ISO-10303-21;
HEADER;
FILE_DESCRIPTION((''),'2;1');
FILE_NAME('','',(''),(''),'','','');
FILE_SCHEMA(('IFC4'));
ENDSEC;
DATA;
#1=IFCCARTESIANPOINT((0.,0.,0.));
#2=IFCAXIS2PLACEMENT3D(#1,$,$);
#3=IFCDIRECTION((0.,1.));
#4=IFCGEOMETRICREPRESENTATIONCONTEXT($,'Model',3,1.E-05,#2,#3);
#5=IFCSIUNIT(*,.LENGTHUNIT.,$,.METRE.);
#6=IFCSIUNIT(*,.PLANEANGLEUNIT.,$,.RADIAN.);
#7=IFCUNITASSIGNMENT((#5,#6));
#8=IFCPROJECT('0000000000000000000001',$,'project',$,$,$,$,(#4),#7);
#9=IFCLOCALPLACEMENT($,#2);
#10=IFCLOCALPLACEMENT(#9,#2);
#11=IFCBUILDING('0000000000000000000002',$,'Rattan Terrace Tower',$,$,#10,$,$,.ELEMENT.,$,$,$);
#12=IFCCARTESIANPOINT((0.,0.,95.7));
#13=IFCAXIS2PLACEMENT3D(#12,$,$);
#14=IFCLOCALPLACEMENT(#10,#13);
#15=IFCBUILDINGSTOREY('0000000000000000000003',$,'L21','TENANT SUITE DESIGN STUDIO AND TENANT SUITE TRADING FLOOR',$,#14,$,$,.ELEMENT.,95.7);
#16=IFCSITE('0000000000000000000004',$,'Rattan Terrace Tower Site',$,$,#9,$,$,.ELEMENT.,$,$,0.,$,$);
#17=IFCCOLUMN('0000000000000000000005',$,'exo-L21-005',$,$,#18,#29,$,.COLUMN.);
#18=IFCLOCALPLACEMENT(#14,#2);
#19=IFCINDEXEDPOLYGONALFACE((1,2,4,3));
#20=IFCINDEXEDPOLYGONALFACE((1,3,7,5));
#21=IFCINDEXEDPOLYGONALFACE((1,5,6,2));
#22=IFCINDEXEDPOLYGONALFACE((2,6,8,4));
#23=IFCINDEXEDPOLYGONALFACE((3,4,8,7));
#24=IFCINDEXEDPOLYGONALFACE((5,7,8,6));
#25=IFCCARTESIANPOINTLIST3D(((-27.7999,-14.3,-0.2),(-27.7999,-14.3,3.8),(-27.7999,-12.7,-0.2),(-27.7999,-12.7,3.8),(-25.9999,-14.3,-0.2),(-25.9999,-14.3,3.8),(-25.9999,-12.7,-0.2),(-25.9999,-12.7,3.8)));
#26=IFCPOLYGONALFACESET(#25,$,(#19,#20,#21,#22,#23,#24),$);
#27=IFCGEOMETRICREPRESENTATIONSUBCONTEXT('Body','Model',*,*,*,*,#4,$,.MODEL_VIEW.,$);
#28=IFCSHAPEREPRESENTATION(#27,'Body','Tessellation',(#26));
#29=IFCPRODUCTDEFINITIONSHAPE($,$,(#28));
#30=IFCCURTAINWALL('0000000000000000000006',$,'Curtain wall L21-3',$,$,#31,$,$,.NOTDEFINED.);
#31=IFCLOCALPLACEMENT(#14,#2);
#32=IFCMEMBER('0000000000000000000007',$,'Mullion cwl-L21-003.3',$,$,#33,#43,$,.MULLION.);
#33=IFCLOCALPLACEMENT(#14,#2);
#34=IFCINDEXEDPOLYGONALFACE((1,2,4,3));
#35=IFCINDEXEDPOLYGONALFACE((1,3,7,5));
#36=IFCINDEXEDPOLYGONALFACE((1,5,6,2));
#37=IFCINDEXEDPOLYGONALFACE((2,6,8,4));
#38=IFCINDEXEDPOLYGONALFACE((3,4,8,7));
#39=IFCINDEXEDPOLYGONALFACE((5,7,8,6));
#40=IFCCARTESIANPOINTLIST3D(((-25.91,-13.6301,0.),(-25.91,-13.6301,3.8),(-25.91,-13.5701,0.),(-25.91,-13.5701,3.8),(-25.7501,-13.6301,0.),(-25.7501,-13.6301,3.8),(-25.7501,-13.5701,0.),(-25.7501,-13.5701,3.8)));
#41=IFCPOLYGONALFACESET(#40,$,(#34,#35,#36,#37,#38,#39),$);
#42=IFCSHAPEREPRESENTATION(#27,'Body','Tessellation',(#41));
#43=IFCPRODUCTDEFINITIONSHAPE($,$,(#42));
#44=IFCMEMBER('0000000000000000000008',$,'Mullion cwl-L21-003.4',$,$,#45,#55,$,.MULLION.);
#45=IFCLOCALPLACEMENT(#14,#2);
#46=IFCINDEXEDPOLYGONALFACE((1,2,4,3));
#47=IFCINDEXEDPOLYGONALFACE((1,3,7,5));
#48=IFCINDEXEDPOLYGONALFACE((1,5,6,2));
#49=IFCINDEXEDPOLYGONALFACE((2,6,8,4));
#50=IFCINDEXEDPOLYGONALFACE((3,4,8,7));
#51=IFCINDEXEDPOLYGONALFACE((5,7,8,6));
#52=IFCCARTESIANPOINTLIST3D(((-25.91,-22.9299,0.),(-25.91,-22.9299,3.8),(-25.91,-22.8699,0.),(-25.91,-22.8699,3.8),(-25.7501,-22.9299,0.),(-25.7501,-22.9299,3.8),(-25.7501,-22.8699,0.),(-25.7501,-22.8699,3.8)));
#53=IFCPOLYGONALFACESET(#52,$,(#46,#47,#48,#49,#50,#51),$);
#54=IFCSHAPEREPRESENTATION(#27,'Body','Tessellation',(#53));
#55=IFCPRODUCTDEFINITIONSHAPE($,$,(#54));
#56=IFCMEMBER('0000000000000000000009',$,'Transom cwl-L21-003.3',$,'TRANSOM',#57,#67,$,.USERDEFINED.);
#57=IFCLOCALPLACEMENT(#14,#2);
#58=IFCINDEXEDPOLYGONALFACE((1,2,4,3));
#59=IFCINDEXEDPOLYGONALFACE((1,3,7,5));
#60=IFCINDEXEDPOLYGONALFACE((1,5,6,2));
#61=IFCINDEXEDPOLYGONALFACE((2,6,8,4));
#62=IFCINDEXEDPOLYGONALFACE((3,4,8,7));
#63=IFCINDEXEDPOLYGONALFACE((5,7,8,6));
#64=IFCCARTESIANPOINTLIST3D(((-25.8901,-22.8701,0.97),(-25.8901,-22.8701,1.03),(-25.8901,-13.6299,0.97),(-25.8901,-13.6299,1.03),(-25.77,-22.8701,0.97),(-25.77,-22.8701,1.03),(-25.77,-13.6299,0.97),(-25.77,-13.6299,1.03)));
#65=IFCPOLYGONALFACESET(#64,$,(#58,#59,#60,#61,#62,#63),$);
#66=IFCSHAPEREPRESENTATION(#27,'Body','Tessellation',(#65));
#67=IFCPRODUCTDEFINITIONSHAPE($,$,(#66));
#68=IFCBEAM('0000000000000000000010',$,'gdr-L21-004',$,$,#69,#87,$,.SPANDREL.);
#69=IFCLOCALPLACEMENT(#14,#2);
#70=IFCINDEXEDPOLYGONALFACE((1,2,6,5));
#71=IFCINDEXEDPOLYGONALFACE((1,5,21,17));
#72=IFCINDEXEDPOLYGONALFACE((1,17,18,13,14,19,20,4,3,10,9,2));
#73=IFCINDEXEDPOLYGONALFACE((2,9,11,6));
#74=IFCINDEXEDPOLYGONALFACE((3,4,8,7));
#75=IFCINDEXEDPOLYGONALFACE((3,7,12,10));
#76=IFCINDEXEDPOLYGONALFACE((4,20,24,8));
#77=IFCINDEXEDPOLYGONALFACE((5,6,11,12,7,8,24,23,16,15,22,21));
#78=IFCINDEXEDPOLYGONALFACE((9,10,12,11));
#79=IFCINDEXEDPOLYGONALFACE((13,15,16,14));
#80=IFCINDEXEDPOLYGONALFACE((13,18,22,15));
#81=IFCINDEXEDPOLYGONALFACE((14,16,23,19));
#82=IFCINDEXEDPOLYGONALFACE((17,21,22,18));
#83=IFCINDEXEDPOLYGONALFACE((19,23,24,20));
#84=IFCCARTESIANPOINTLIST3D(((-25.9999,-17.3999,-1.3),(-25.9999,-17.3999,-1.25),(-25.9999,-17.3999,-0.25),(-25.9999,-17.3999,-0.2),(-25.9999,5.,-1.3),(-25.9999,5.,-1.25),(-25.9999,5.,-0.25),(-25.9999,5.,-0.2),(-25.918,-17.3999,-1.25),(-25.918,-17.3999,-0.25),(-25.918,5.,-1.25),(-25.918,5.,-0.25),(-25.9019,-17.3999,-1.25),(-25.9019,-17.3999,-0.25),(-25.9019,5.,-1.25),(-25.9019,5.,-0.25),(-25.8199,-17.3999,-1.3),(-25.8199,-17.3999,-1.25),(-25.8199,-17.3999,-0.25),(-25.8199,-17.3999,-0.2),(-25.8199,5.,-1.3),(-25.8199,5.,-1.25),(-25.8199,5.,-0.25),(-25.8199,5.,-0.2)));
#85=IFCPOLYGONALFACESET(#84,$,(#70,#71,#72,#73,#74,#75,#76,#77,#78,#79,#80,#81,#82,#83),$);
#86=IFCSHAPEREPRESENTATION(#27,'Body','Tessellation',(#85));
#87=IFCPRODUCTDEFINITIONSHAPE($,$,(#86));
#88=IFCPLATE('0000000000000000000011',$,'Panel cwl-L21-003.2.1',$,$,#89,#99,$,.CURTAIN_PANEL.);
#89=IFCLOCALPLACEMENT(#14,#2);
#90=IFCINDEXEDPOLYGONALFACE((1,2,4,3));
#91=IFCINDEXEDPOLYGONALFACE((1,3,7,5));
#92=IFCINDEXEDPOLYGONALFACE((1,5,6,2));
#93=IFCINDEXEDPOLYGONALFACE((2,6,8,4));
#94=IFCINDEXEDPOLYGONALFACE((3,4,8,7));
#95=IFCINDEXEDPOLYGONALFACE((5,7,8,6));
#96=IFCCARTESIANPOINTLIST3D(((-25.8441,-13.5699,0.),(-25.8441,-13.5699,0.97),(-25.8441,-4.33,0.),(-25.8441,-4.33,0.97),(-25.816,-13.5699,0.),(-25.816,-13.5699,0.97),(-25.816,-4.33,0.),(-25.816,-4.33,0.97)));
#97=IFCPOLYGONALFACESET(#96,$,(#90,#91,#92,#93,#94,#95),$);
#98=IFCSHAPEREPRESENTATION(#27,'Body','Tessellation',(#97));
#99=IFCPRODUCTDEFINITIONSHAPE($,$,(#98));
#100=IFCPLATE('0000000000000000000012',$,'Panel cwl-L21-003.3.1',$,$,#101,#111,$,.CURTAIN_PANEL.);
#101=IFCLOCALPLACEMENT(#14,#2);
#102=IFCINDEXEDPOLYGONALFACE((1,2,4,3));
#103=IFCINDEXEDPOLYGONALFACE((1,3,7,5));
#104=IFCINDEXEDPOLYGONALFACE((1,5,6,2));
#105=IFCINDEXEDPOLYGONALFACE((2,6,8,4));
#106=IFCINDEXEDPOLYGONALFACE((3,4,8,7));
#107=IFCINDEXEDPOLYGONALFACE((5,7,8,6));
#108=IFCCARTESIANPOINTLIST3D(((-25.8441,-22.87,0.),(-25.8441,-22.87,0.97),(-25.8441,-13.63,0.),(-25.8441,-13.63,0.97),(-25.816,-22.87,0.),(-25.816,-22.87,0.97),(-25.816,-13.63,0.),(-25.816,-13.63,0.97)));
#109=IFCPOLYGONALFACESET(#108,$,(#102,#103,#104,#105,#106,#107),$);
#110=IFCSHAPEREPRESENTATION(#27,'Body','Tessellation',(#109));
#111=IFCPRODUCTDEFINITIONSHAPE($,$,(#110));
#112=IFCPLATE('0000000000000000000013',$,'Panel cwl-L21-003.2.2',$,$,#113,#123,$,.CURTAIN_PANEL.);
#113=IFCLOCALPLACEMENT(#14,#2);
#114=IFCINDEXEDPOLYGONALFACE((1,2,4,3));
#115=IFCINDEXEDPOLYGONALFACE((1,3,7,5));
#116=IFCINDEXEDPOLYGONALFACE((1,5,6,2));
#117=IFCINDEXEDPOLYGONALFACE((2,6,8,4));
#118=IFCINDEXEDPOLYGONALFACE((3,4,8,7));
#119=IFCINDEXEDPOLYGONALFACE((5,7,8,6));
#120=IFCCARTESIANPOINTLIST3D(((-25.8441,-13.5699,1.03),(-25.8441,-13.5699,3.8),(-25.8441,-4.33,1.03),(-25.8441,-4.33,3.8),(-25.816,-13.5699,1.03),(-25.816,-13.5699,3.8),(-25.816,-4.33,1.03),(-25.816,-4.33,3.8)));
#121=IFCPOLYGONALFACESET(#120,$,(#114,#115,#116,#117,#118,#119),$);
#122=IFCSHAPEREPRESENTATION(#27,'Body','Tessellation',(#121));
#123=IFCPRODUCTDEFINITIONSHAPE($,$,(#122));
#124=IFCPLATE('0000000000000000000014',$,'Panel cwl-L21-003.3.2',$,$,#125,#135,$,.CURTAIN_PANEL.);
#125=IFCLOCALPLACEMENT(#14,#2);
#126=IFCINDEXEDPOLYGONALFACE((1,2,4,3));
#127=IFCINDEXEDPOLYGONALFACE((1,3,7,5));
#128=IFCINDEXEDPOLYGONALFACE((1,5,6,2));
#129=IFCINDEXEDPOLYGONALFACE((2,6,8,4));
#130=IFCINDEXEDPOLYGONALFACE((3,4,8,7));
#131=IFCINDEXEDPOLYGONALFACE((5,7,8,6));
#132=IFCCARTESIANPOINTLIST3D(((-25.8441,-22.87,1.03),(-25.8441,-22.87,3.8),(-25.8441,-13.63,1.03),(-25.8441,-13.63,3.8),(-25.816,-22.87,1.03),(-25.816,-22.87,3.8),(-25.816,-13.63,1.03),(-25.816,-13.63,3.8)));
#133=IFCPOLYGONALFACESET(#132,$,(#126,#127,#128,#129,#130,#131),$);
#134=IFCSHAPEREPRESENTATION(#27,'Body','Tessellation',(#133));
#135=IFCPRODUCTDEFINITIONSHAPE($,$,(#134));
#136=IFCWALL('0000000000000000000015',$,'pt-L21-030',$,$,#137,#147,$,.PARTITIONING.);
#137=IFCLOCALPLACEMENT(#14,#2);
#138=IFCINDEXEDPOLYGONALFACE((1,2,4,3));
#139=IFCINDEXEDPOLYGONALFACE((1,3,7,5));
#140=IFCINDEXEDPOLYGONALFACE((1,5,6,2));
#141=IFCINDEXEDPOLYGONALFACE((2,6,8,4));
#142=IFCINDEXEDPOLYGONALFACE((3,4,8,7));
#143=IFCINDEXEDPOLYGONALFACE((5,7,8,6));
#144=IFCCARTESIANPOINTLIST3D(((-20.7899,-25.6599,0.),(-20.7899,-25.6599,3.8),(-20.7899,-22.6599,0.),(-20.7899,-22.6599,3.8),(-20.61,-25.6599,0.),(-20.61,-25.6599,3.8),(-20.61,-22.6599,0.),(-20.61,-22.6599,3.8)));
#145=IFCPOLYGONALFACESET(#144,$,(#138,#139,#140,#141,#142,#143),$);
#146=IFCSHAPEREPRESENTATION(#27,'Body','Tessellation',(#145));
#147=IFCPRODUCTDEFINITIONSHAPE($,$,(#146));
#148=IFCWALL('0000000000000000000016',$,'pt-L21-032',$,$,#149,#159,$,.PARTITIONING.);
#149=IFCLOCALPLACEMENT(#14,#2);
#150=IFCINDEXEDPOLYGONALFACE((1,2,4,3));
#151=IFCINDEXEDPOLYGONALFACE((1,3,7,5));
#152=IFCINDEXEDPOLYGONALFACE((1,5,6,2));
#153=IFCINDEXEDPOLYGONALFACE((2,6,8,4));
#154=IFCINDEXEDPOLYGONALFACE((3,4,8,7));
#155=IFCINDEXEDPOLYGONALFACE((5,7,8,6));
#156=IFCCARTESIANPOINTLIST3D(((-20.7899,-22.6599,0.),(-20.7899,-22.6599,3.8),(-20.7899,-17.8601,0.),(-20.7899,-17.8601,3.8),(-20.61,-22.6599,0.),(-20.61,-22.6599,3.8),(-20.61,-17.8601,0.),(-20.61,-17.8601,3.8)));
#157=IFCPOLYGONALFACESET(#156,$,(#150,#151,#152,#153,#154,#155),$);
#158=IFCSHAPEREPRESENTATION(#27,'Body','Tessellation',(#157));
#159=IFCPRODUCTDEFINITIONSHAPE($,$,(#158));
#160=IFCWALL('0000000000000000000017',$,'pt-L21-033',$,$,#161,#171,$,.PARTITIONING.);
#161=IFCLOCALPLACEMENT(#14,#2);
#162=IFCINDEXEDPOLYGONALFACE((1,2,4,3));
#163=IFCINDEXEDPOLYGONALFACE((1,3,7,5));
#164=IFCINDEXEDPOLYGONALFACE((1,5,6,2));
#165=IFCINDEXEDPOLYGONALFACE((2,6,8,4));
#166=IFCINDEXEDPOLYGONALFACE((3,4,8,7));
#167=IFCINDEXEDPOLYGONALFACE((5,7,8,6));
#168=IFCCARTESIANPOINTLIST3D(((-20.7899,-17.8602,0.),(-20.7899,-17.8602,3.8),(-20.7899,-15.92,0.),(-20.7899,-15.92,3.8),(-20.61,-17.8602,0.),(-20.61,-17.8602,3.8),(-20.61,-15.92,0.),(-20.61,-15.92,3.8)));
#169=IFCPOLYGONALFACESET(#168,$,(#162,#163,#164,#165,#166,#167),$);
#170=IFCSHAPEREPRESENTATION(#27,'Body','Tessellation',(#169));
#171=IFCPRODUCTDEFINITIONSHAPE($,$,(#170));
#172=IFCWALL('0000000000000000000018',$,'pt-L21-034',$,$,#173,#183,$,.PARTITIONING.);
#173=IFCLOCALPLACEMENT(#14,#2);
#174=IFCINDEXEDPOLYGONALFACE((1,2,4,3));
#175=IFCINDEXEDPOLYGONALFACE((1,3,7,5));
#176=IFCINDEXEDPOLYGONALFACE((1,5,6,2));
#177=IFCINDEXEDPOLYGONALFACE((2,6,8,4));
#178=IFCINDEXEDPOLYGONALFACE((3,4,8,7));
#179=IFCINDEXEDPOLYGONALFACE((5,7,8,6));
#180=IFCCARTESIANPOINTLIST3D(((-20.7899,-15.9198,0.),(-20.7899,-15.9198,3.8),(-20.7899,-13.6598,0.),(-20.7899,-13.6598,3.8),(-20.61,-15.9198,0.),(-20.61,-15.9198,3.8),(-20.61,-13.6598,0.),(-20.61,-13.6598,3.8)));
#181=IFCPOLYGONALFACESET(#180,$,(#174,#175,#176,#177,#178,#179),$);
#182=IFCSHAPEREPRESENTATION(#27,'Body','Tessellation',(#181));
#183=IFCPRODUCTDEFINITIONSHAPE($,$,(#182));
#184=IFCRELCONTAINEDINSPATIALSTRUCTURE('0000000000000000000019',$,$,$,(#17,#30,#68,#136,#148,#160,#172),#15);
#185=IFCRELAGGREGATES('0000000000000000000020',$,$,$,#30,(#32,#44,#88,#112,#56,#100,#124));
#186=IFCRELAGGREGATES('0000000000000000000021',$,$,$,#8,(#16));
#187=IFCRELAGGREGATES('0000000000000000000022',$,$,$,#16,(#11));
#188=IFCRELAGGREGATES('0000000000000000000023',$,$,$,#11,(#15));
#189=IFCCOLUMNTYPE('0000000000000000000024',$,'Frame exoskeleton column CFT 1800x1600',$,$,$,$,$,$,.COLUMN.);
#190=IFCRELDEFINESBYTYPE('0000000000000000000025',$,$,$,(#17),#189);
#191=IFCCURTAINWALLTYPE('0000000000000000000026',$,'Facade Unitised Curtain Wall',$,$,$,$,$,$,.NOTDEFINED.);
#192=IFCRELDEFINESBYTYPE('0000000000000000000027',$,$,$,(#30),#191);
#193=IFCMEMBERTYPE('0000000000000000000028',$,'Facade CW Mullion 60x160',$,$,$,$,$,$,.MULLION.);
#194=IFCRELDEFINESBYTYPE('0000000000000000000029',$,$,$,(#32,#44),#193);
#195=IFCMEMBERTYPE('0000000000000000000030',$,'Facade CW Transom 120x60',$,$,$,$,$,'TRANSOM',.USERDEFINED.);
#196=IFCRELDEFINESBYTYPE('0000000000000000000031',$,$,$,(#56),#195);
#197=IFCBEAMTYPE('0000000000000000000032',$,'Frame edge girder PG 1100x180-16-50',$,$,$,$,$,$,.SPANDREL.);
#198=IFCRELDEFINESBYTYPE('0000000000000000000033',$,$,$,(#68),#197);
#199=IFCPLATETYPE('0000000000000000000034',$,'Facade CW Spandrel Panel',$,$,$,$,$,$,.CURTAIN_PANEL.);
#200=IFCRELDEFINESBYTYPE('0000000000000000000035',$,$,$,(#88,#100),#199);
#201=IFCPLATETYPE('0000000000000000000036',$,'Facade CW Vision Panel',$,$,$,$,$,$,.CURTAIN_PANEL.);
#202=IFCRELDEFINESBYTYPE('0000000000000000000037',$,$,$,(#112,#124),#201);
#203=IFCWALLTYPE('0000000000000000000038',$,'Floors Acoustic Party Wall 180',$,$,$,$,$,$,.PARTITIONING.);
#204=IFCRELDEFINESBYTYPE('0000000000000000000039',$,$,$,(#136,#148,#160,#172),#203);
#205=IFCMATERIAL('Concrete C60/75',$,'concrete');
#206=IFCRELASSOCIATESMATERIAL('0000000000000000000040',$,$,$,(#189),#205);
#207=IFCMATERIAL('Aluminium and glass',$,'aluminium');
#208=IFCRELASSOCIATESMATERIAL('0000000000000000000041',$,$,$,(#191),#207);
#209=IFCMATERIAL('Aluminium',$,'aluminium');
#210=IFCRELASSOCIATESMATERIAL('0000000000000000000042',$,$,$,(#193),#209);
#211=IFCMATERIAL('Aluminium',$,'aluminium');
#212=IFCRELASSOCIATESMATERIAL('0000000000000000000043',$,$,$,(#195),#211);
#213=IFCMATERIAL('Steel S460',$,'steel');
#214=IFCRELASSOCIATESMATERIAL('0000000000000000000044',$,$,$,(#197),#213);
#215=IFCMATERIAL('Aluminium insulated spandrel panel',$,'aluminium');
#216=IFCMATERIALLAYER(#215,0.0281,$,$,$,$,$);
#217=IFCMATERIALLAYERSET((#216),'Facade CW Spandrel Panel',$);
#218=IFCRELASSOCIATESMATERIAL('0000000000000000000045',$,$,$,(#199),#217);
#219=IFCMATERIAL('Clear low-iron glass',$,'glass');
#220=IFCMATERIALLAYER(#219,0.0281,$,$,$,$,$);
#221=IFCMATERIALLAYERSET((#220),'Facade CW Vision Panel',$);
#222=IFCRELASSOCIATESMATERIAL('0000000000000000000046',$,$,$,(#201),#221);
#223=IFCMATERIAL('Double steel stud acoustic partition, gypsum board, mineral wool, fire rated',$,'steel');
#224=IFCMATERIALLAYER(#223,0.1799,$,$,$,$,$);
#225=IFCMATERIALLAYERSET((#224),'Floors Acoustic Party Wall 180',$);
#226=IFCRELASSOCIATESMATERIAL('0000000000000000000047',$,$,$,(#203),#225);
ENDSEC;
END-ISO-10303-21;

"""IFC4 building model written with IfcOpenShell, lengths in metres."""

from ifc_helpers import new_model, si_unit, direction, frame, frame_2d, origin, origin_2d, place, context, subcontext, project, spatial, rectangle, i_section, extrude, material, layer, layer_set, material_profile, profile_set, type_object, element, aggregate, save


model = new_model("IFC4")

# Units and contexts
model_context = context("Model", 3, precision=1e-05, world=origin(), true_north=direction((0.0, 1.0)))
body_context = subcontext(model_context, "Body", "Model", "MODEL_VIEW")
ifc_project = project(units=[si_unit("LENGTHUNIT", "METRE"), si_unit("PLANEANGLEUNIT", "RADIAN")], contexts=[model_context])

# Site, building, storey
site_placement = place(None, origin())
site = spatial("IfcSite", under=ifc_project, at=site_placement, Name="Rattan Terrace Tower Site", CompositionType="ELEMENT", RefElevation=0.0)
building_placement = place(site_placement, origin())
building = spatial("IfcBuilding", under=site, at=building_placement, Name="Rattan Terrace Tower", CompositionType="ELEMENT")
storey_placement = place(building_placement, frame((0.0, 0.0, 95.7)))
storey = spatial("IfcBuildingStorey", under=building, at=storey_placement, Name="L21", Description="TENANT SUITE DESIGN STUDIO AND TENANT SUITE TRADING FLOOR", CompositionType="ELEMENT", Elevation=95.7)

# Column
ifc_material_1 = material(Name="Concrete C60/75", Category="concrete")
ifc_material_profile_1 = material_profile(ifc_material_1, rectangle(XDim=1.6001, YDim=1.8, at=origin_2d()), Name="CFT 1800x1600")
ifc_profile_set_1 = profile_set([ifc_material_profile_1], Name="Concrete C60/75")
column_type = type_object("IfcColumnType", Name="Frame exoskeleton column CFT 1800x1600", PredefinedType="COLUMN", material=ifc_profile_set_1)
column_placement = place(storey_placement, frame((-26.8999, -13.5, -0.2), z_axis=(0.0, 0.0, 1.0), x_axis=(0.0, 1.0, 0.0)))
element("IfcColumn", 1, at=column_placement, inside=storey, type_object=column_type, Name="exo-L21-005", PredefinedType="COLUMN", context=body_context, shape_type="SweptSolid", body=[
    extrude(rectangle(XDim=1.6001, YDim=1.8, at=origin_2d()), origin(), (0.0, 0.0, 1.0), 4.0),
])

# Curtain wall, members
ifc_material_2 = material(Name="Aluminium and glass", Category="aluminium")
curtain_wall_type = type_object("IfcCurtainWallType", Name="Facade Unitised Curtain Wall", PredefinedType="NOTDEFINED", material=ifc_material_2)
curtain_wall_placement = place(storey_placement, origin())
curtain_wall = element("IfcCurtainWall", 2, at=curtain_wall_placement, inside=storey, type_object=curtain_wall_type, Name="Curtain wall L21-3", PredefinedType="NOTDEFINED")
ifc_material_3 = material(Name="Aluminium", Category="aluminium")
ifc_material_profile_2 = material_profile(ifc_material_3, rectangle(XDim=0.0601, YDim=0.1599, at=origin_2d()), Name="Aluminium 60x160")
ifc_profile_set_2 = profile_set([ifc_material_profile_2], Name="Aluminium")
member_type_1 = type_object("IfcMemberType", Name="Facade CW Mullion 60x160", PredefinedType="MULLION", material=ifc_profile_set_2)
member_1_placement = place(storey_placement, frame((-25.8301, -13.6001, 0.0), z_axis=(0.0, 0.0, 1.0), x_axis=(0.0, -1.0, 0.0)))
member_1 = element("IfcMember", 3, at=member_1_placement, type_object=member_type_1, Name="Mullion cwl-L21-003.3", PredefinedType="MULLION", context=body_context, shape_type="SweptSolid", body=[
    extrude(rectangle(XDim=0.0601, YDim=0.1599, at=origin_2d()), origin(), (0.0, 0.0, 1.0), 3.8),
])
member_2_placement = place(storey_placement, frame((-25.8301, -22.8999, 0.0), z_axis=(0.0, 0.0, 1.0), x_axis=(0.0, -1.0, 0.0)))
member_2 = element("IfcMember", 4, at=member_2_placement, type_object=member_type_1, Name="Mullion cwl-L21-003.4", PredefinedType="MULLION", context=body_context, shape_type="SweptSolid", body=[
    extrude(rectangle(XDim=0.0601, YDim=0.1599, at=origin_2d()), origin(), (0.0, 0.0, 1.0), 3.8),
])
ifc_material_4 = material(Name="Aluminium", Category="aluminium")
ifc_material_profile_3 = material_profile(ifc_material_4, rectangle(XDim=0.1201, YDim=0.0601, at=origin_2d()), Name="Aluminium 120x60")
ifc_profile_set_3 = profile_set([ifc_material_profile_3], Name="Aluminium")
member_type_2 = type_object("IfcMemberType", Name="Facade CW Transom 120x60", ElementType="TRANSOM", PredefinedType="USERDEFINED", material=ifc_profile_set_3)
member_3_placement = place(storey_placement, frame((-25.8301, -13.6299, 1.0), z_axis=(0.0, -1.0, 0.0), x_axis=(1.0, 0.0, 0.0)))
member_3 = element("IfcMember", 5, at=member_3_placement, type_object=member_type_2, Name="Transom cwl-L21-003.3", ObjectType="TRANSOM", PredefinedType="USERDEFINED", context=body_context, shape_type="SweptSolid", body=[
    extrude(rectangle(XDim=0.1201, YDim=0.0601, at=origin_2d()), origin(), (0.0, 0.0, 1.0), 9.2402),
])

# Beam
ifc_material_5 = material(Name="Steel S460", Category="steel")
ifc_material_profile_4 = material_profile(ifc_material_5, i_section(OverallWidth=0.1799, OverallDepth=1.1001, WebThickness=0.0161, FlangeThickness=0.05, at=origin_2d()), Name="PG 1100x180-16-50")
ifc_profile_set_4 = profile_set([ifc_material_profile_4], Name="Steel S460")
beam_type = type_object("IfcBeamType", Name="Frame edge girder PG 1100x180-16-50", PredefinedType="SPANDREL", material=ifc_profile_set_4)
beam_placement = place(storey_placement, frame((-25.9099, -17.3999, -0.75), z_axis=(0.0, 1.0, 0.0), x_axis=(-1.0, 0.0, 0.0)))
element("IfcBeam", 6, at=beam_placement, inside=storey, type_object=beam_type, Name="gdr-L21-004", PredefinedType="SPANDREL", context=body_context, shape_type="SweptSolid", body=[
    extrude(i_section(OverallWidth=0.1799, OverallDepth=1.1001, WebThickness=0.0161, FlangeThickness=0.05, at=origin_2d()), origin(), (0.0, 0.0, 1.0), 22.3999),
])

# Plates
ifc_material_6 = material(Name="Aluminium insulated spandrel panel", Category="aluminium")
ifc_layer_1 = layer(ifc_material_6, 0.0281)
ifc_layer_set_1 = layer_set([ifc_layer_1], Name="Facade CW Spandrel Panel")
plate_type_1 = type_object("IfcPlateType", Name="Facade CW Spandrel Panel", PredefinedType="CURTAIN_PANEL", material=ifc_layer_set_1)
plate_1_placement = place(storey_placement, frame((-25.8301, -8.95, 0.0), z_axis=(0.0, 0.0, 1.0), x_axis=(0.0, -1.0, 0.0)))
plate_1 = element("IfcPlate", 7, at=plate_1_placement, type_object=plate_type_1, Name="Panel cwl-L21-003.2.1", PredefinedType="CURTAIN_PANEL", context=body_context, shape_type="SweptSolid", body=[
    extrude(rectangle(XDim=9.24, YDim=0.0281, at=origin_2d()), origin(), (0.0, 0.0, 1.0), 0.97),
])
plate_2_placement = place(storey_placement, frame((-25.8301, -18.25, 0.0), z_axis=(0.0, 0.0, 1.0), x_axis=(0.0, -1.0, 0.0)))
plate_2 = element("IfcPlate", 8, at=plate_2_placement, type_object=plate_type_1, Name="Panel cwl-L21-003.3.1", PredefinedType="CURTAIN_PANEL", context=body_context, shape_type="SweptSolid", body=[
    extrude(rectangle(XDim=9.24, YDim=0.0281, at=origin_2d()), origin(), (0.0, 0.0, 1.0), 0.97),
])
ifc_material_7 = material(Name="Clear low-iron glass", Category="glass")
ifc_layer_2 = layer(ifc_material_7, 0.0281)
ifc_layer_set_2 = layer_set([ifc_layer_2], Name="Facade CW Vision Panel")
plate_type_2 = type_object("IfcPlateType", Name="Facade CW Vision Panel", PredefinedType="CURTAIN_PANEL", material=ifc_layer_set_2)
plate_3_placement = place(storey_placement, frame((-25.8301, -8.95, 1.03), z_axis=(0.0, 0.0, 1.0), x_axis=(0.0, -1.0, 0.0)))
plate_3 = element("IfcPlate", 9, at=plate_3_placement, type_object=plate_type_2, Name="Panel cwl-L21-003.2.2", PredefinedType="CURTAIN_PANEL", context=body_context, shape_type="SweptSolid", body=[
    extrude(rectangle(XDim=9.24, YDim=0.0281, at=origin_2d()), origin(), (0.0, 0.0, 1.0), 2.77),
])
plate_4_placement = place(storey_placement, frame((-25.8301, -18.25, 1.03), z_axis=(0.0, 0.0, 1.0), x_axis=(0.0, -1.0, 0.0)))
plate_4 = element("IfcPlate", 10, at=plate_4_placement, type_object=plate_type_2, Name="Panel cwl-L21-003.3.2", PredefinedType="CURTAIN_PANEL", context=body_context, shape_type="SweptSolid", body=[
    extrude(rectangle(XDim=9.24, YDim=0.0281, at=origin_2d()), origin(), (0.0, 0.0, 1.0), 2.77),
])
aggregate(curtain_wall, [member_1, member_2, plate_1, plate_3, member_3, plate_2, plate_4])

# Walls
ifc_material_8 = material(Name="Double steel stud acoustic partition, gypsum board, mineral wool, fire rated", Category="steel")
ifc_layer_3 = layer(ifc_material_8, 0.1799)
ifc_layer_set_3 = layer_set([ifc_layer_3], Name="Floors Acoustic Party Wall 180")
wall_type_1 = type_object("IfcWallType", Name="Floors Acoustic Party Wall 180", PredefinedType="PARTITIONING", material=ifc_layer_set_3)
wall_1_placement = place(storey_placement, frame((-20.7, -22.6599, 0.0), z_axis=(0.0, 0.0, 1.0), x_axis=(0.0, -1.0, 0.0)))
element("IfcWall", 11, at=wall_1_placement, inside=storey, type_object=wall_type_1, Name="pt-L21-030", PredefinedType="PARTITIONING", context=body_context, shape_type="SweptSolid", body=[
    extrude(rectangle(XDim=3.0, YDim=0.1799, at=frame_2d((1.5, 0.0))), origin(), (0.0, 0.0, 1.0), 3.8),
])
wall_2_placement = place(storey_placement, frame((-20.7, -17.8601, 0.0), z_axis=(0.0, 0.0, 1.0), x_axis=(0.0, -1.0, 0.0)))
element("IfcWall", 12, at=wall_2_placement, inside=storey, type_object=wall_type_1, Name="pt-L21-032", PredefinedType="PARTITIONING", context=body_context, shape_type="SweptSolid", body=[
    extrude(rectangle(XDim=4.7998, YDim=0.1799, at=frame_2d((2.3999, 0.0))), origin(), (0.0, 0.0, 1.0), 3.8),
])
wall_3_placement = place(storey_placement, frame((-20.7, -15.9199, 0.0), z_axis=(0.0, 0.0, 1.0), x_axis=(0.0, -1.0, 0.0)))
element("IfcWall", 13, at=wall_3_placement, inside=storey, type_object=wall_type_1, Name="pt-L21-033", PredefinedType="PARTITIONING", context=body_context, shape_type="SweptSolid", body=[
    extrude(rectangle(XDim=1.9402, YDim=0.1799, at=frame_2d((0.9702, 0.0))), origin(), (0.0, 0.0, 1.0), 3.8),
])
wall_4_placement = place(storey_placement, frame((-20.7, -13.6599, 0.0), z_axis=(0.0, 0.0, 1.0), x_axis=(0.0, -1.0, 0.0)))
element("IfcWall", 14, at=wall_4_placement, inside=storey, type_object=wall_type_1, Name="pt-L21-034", PredefinedType="PARTITIONING", context=body_context, shape_type="SweptSolid", body=[
    extrude(rectangle(XDim=2.26, YDim=0.1799, at=frame_2d((1.1299, 0.0))), origin(), (0.0, 0.0, 1.0), 3.8),
])

save(model, "model.ifc")
